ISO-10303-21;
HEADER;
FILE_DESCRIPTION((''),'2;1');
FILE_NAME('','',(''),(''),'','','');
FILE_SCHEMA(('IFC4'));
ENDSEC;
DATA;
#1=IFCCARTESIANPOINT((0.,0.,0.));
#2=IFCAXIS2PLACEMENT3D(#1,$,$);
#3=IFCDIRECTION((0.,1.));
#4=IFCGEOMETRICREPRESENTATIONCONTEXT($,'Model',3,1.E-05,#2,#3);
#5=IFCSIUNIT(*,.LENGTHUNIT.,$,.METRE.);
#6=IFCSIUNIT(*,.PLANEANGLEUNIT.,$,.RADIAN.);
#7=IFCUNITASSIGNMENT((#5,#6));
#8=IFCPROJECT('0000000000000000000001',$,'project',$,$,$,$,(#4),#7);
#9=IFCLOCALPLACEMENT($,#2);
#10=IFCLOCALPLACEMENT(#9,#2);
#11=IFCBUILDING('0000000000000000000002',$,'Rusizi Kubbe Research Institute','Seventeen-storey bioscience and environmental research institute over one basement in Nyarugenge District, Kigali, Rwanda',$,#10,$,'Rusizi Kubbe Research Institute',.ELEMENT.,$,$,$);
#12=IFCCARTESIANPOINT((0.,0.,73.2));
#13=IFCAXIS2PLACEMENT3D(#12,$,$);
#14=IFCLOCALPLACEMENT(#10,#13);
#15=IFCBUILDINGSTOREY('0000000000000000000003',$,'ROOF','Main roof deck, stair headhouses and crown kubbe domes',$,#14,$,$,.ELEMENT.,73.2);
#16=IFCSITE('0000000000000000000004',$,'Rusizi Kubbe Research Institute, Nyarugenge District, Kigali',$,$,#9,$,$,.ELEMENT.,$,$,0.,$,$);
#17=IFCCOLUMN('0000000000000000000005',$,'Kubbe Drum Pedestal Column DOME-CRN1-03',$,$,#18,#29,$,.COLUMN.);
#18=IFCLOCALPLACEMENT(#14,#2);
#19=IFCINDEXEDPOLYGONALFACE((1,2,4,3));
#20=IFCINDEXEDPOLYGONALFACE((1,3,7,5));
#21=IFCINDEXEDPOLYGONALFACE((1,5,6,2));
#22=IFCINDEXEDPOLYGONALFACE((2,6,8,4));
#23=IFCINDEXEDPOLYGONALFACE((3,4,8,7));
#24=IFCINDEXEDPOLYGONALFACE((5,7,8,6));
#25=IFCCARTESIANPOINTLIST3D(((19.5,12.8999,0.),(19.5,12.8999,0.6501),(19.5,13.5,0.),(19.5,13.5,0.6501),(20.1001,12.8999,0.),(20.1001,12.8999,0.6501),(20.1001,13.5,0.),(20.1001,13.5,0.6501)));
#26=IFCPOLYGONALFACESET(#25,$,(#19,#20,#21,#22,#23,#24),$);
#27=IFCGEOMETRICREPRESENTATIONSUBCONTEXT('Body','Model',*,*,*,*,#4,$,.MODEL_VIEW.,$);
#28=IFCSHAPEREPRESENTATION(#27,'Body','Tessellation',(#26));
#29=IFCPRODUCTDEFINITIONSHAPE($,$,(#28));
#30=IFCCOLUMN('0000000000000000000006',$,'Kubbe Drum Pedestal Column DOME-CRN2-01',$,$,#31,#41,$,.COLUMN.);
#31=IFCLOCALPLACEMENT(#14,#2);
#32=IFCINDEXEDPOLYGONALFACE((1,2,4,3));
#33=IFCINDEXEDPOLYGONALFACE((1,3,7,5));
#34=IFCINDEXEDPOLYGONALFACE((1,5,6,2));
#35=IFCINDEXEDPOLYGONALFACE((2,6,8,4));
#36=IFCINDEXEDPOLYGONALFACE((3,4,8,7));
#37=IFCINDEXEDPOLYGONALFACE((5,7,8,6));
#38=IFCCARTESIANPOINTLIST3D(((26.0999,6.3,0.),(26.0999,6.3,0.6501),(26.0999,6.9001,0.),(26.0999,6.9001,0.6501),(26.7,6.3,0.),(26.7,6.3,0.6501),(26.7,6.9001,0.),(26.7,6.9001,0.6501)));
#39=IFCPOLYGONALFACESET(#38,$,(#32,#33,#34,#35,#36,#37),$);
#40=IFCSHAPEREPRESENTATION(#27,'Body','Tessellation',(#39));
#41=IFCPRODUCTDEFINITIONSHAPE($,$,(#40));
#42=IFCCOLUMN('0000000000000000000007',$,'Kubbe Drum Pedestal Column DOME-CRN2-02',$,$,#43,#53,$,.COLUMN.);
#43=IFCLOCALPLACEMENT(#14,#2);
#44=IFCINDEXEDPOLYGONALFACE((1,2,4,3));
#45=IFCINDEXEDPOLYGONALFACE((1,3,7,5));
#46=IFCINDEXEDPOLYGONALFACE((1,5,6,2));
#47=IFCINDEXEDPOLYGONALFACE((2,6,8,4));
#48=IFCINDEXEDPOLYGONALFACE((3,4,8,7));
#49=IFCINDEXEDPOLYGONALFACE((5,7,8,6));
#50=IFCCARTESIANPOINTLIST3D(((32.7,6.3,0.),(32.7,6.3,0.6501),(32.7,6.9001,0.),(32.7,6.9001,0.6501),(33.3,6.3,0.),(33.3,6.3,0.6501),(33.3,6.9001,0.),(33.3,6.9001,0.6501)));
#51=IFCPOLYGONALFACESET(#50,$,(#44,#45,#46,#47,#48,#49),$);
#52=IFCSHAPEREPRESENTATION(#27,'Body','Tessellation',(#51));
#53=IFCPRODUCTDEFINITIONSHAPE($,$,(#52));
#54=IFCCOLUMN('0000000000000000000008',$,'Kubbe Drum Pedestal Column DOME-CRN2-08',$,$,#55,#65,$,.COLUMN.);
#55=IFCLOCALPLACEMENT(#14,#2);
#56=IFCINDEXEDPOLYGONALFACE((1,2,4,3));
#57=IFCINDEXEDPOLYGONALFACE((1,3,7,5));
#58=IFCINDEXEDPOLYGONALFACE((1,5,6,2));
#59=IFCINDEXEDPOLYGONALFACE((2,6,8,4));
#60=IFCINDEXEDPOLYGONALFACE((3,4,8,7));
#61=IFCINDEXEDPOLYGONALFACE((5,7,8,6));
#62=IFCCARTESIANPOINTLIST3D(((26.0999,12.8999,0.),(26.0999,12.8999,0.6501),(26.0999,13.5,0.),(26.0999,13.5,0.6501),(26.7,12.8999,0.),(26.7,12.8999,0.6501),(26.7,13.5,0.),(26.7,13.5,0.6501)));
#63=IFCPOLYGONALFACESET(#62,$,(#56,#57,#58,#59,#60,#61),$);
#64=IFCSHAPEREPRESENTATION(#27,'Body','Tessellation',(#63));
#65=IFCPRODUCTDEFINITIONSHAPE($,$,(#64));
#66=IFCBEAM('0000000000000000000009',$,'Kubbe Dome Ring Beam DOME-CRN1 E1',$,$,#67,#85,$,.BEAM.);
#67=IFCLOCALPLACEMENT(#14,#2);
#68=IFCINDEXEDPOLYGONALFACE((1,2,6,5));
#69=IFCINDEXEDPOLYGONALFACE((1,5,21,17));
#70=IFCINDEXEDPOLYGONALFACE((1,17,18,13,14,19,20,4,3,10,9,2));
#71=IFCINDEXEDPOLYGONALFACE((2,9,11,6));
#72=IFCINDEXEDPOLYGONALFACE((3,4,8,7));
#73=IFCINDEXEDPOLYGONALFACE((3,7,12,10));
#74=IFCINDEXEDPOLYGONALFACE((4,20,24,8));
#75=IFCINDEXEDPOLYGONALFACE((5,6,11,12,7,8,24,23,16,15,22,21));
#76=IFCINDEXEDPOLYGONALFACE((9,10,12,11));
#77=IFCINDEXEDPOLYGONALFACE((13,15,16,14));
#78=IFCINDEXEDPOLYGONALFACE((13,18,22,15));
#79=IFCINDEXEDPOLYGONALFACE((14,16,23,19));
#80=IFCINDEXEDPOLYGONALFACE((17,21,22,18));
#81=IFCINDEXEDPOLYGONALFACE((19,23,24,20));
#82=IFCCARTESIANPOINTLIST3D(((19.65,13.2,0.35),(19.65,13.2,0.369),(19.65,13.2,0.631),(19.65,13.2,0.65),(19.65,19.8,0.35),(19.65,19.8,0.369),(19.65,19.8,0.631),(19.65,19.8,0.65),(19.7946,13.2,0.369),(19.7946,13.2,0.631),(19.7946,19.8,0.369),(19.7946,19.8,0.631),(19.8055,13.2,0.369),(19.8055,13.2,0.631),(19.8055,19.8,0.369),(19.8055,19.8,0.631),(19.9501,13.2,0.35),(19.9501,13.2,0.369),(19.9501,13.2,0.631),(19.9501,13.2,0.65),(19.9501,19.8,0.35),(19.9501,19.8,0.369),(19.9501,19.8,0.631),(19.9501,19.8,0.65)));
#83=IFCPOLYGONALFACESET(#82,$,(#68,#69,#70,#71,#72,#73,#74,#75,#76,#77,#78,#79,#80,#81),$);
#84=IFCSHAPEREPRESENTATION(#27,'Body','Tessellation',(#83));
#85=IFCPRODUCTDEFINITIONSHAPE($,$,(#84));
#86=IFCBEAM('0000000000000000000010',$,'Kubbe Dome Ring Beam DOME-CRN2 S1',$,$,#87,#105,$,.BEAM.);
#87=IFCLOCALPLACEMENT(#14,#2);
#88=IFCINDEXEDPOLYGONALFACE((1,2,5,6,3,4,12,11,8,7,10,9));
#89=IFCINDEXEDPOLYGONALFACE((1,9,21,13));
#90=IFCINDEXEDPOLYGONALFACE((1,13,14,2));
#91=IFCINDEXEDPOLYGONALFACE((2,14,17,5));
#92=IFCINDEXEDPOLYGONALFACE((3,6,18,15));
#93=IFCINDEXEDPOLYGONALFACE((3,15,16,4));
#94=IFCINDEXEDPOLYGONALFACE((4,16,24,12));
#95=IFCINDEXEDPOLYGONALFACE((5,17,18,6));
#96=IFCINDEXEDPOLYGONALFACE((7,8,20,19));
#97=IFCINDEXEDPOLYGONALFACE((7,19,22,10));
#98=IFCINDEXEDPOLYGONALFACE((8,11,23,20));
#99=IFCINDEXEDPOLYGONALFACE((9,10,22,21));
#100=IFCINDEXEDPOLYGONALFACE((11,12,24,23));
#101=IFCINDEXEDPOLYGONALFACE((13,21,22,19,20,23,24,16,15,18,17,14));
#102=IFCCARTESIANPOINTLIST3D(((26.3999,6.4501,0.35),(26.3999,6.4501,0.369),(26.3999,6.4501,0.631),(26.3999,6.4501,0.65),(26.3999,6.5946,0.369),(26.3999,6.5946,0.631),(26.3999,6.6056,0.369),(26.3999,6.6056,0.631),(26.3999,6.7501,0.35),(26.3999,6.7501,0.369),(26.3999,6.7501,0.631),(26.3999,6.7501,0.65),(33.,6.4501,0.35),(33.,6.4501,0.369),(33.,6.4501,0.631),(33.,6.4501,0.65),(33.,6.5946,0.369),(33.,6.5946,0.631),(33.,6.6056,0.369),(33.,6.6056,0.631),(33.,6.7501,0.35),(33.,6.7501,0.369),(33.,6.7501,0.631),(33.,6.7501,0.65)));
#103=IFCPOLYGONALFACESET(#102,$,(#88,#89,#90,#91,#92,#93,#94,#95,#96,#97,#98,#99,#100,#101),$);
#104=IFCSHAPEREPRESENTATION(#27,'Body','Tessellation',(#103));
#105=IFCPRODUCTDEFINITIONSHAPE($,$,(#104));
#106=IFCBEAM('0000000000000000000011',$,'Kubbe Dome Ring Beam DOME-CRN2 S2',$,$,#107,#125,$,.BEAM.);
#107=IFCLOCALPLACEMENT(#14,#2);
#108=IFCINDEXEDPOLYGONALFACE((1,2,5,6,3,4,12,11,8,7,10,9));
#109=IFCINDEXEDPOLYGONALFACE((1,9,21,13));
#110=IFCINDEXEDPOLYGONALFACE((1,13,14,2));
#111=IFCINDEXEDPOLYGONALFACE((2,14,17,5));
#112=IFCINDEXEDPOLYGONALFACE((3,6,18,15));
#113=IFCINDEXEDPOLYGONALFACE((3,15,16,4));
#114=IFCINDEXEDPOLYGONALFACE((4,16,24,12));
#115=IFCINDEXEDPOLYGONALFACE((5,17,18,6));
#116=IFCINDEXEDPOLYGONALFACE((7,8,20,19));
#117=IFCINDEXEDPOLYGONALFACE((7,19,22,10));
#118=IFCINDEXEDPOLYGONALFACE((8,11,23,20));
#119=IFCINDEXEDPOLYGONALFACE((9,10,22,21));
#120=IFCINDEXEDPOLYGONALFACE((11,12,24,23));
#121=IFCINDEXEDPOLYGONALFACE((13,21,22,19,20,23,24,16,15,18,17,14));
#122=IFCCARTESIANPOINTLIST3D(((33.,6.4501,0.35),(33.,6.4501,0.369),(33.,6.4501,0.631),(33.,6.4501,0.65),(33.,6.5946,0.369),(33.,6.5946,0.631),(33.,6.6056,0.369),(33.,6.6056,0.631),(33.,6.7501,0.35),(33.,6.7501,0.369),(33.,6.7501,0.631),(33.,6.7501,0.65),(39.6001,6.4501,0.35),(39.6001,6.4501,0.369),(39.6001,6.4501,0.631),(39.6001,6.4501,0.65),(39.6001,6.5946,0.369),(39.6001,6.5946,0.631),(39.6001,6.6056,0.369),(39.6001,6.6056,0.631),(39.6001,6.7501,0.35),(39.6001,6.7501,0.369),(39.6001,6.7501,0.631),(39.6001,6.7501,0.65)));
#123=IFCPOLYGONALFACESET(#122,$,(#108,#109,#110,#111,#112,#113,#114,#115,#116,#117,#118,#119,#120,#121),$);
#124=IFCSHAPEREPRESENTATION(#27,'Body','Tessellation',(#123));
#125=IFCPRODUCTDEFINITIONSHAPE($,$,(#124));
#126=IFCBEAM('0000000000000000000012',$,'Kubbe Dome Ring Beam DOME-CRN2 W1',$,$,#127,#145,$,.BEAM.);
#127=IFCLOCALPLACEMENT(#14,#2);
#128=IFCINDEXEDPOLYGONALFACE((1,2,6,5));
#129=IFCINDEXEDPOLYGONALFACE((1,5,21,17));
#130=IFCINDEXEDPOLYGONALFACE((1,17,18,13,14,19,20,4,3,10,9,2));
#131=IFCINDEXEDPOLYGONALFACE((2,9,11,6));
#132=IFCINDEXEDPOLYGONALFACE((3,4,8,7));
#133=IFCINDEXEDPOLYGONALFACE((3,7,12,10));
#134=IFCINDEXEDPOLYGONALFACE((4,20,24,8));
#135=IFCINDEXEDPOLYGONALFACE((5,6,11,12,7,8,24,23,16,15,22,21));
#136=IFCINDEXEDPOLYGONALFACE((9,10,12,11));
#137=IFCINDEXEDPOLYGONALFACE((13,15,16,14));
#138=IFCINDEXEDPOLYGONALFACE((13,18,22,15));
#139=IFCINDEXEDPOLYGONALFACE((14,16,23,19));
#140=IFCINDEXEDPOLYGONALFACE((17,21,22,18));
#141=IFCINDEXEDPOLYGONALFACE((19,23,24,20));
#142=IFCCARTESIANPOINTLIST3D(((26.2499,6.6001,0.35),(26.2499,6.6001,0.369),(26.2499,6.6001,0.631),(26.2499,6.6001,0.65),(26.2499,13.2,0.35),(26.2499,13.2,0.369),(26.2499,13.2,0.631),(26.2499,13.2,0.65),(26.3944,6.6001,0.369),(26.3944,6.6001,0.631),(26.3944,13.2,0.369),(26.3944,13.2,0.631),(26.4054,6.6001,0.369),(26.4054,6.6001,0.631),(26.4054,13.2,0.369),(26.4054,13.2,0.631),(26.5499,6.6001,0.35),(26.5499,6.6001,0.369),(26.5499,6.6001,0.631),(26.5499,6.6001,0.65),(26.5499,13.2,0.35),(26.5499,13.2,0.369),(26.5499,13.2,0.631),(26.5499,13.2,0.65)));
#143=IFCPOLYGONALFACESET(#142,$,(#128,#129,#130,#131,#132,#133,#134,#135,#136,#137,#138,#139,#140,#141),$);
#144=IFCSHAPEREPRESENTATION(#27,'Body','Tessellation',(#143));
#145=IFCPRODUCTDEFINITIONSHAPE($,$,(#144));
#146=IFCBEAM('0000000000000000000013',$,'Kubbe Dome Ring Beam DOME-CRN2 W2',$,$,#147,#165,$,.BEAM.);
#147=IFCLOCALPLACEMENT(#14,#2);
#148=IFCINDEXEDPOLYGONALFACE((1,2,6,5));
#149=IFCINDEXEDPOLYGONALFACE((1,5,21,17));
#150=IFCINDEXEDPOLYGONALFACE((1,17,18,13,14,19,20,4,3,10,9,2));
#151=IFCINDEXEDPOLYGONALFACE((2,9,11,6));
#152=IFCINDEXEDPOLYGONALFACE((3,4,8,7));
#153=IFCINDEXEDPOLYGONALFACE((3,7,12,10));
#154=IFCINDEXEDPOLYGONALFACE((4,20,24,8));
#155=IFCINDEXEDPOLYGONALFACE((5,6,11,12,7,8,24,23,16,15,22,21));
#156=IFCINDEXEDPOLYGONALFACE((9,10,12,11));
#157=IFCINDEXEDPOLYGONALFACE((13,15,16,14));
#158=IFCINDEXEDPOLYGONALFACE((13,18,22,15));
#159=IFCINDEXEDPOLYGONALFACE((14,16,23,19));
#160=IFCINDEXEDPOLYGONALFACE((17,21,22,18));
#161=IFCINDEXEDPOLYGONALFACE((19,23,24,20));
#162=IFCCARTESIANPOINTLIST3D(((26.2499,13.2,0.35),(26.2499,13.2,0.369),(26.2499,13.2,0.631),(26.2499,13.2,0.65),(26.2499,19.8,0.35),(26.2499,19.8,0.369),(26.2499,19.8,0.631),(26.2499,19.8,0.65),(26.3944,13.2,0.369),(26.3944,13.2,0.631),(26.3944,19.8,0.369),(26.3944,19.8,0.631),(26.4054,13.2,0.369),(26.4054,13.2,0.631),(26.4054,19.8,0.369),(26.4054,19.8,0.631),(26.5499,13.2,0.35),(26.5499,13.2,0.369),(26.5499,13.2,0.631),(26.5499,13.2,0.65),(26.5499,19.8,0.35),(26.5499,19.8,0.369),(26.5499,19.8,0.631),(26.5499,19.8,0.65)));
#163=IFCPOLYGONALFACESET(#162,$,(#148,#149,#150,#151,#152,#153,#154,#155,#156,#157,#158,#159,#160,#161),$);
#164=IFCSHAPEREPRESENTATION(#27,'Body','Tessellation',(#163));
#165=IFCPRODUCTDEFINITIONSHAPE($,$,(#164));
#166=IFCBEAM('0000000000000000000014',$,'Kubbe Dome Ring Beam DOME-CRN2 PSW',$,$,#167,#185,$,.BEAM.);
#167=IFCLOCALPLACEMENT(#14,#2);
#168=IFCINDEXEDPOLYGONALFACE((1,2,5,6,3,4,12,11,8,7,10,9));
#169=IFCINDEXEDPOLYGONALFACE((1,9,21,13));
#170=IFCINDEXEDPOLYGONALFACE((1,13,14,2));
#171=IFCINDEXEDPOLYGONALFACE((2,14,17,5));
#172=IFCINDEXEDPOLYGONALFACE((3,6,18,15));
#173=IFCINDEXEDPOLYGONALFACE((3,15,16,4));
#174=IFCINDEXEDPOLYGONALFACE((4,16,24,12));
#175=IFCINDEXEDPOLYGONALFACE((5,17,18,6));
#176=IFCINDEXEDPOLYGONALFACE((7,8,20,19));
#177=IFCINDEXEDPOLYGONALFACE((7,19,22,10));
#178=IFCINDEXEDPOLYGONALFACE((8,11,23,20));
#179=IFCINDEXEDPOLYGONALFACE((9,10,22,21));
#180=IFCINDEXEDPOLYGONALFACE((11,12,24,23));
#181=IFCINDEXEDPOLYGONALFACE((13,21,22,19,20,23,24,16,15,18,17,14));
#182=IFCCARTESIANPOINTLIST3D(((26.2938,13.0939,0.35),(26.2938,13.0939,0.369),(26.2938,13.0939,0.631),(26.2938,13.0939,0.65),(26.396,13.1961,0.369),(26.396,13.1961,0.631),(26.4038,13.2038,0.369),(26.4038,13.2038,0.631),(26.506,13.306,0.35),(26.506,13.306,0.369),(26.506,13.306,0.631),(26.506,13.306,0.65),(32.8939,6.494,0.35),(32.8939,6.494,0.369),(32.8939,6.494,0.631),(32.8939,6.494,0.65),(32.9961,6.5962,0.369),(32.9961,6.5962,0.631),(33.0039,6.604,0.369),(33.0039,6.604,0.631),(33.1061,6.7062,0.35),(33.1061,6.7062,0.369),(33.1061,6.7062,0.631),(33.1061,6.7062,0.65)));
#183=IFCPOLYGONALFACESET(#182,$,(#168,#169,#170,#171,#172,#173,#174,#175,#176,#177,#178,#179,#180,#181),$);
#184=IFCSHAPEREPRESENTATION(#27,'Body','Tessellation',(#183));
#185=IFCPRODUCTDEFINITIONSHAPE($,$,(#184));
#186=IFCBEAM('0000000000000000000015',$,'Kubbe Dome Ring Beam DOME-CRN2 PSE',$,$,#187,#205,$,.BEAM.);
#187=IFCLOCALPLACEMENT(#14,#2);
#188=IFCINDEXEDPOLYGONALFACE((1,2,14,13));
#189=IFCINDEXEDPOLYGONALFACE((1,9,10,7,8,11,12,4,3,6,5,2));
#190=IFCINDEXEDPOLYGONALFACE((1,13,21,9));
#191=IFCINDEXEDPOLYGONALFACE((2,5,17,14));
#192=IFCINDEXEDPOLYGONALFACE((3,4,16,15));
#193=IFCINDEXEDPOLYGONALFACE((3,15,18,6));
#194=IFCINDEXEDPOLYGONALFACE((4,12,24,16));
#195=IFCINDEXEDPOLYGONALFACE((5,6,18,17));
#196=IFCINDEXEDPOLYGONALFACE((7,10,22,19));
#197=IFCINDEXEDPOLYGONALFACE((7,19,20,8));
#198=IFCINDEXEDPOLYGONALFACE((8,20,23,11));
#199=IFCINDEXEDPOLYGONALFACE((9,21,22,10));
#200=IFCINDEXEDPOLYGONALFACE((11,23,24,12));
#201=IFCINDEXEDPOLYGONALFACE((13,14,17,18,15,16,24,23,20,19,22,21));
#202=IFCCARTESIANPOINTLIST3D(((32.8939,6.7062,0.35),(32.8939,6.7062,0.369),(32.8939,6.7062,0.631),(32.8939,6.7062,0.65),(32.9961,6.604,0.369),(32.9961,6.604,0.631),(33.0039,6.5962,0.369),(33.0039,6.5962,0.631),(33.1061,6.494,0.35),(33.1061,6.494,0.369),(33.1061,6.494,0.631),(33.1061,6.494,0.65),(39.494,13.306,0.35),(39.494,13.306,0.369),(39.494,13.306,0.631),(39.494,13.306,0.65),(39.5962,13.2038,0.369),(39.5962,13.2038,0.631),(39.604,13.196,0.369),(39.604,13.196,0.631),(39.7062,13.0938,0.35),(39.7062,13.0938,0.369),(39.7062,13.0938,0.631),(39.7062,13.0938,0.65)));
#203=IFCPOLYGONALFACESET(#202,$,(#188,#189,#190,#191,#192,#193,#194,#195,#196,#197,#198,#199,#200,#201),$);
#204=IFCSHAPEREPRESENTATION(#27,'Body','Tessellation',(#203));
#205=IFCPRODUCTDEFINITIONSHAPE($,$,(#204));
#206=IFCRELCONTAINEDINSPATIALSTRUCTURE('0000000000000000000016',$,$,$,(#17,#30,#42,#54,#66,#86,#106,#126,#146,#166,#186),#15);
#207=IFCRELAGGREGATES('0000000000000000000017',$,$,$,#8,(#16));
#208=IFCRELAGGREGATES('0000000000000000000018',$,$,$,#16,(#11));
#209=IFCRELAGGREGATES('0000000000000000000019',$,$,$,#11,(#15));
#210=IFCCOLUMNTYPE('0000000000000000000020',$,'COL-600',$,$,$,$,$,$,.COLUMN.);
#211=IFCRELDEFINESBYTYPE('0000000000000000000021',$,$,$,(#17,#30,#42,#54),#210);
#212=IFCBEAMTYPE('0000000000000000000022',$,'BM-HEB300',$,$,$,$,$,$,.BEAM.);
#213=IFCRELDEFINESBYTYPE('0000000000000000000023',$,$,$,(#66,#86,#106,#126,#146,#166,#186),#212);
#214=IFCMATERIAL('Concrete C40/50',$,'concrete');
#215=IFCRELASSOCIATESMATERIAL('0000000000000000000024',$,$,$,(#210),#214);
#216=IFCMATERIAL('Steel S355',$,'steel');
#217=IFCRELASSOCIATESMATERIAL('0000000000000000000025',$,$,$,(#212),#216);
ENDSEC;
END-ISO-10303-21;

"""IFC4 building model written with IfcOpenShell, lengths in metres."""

from ifc_helpers import new_model, si_unit, direction, frame, origin, origin_2d, place, context, subcontext, project, spatial, rectangle, i_section, extrude, material, material_profile, profile_set, type_object, element, save


model = new_model("IFC4")

# Units and contexts
model_context = context("Model", 3, precision=1e-05, world=origin(), true_north=direction((0.0, 1.0)))
body_context = subcontext(model_context, "Body", "Model", "MODEL_VIEW")
ifc_project = project(units=[si_unit("LENGTHUNIT", "METRE"), si_unit("PLANEANGLEUNIT", "RADIAN")], contexts=[model_context])

# Site, building, storey
site_placement = place(None, origin())
site = spatial("IfcSite", under=ifc_project, at=site_placement, Name="Rusizi Kubbe Research Institute, Nyarugenge District, Kigali", CompositionType="ELEMENT", RefElevation=0.0)
building_placement = place(site_placement, origin())
building = spatial("IfcBuilding", under=site, at=building_placement, Name="Rusizi Kubbe Research Institute", Description="Seventeen-storey bioscience and environmental research institute over one basement in Nyarugenge District, Kigali, Rwanda", LongName="Rusizi Kubbe Research Institute", CompositionType="ELEMENT")
storey_placement = place(building_placement, frame((0.0, 0.0, 73.2)))
storey = spatial("IfcBuildingStorey", under=building, at=storey_placement, Name="ROOF", Description="Main roof deck, stair headhouses and crown kubbe domes", CompositionType="ELEMENT", Elevation=73.2)

# Columns
ifc_material_1 = material(Name="Concrete C40/50", Category="concrete")
ifc_material_profile_1 = material_profile(ifc_material_1, rectangle(XDim=0.6001, YDim=0.6001, at=origin_2d()), Name="RC600x600")
ifc_profile_set_1 = profile_set([ifc_material_profile_1], Name="Concrete C40/50")
column_type = type_object("IfcColumnType", Name="COL-600", PredefinedType="COLUMN", material=ifc_profile_set_1)
for number, where, z_axis, x_axis, name in (
    (1, (19.8, 13.2, 0.0), (0.0, 0.0, 1.0), (1.0, 0.0, 0.0), "Kubbe Drum Pedestal Column DOME-CRN1-03"),
    (2, (26.3999, 6.6001, 0.0), (0.0, 0.0, 1.0), (1.0, 0.0, 0.0), "Kubbe Drum Pedestal Column DOME-CRN2-01"),
    (3, (33.0, 6.6001, 0.0), (0.0, 0.0, 1.0), (1.0, 0.0, 0.0), "Kubbe Drum Pedestal Column DOME-CRN2-02"),
    (4, (26.3999, 13.2, 0.0), (0.0, 0.0, 1.0), (1.0, 0.0, 0.0), "Kubbe Drum Pedestal Column DOME-CRN2-08"),
):
    element("IfcColumn", number, at=place(storey_placement, frame(where, z_axis=z_axis, x_axis=x_axis)), inside=storey, type_object=column_type, Name=name, PredefinedType="COLUMN", context=body_context, shape_type="SweptSolid", body=[
        extrude(rectangle(XDim=0.6001, YDim=0.6001, at=origin_2d()), origin(), (0.0, 0.0, 1.0), 0.6501),
    ])

# Beams
ifc_material_2 = material(Name="Steel S355", Category="steel")
ifc_material_profile_2 = material_profile(ifc_material_2, i_section(OverallWidth=0.3, OverallDepth=0.3, WebThickness=0.011, FlangeThickness=0.019, at=origin_2d()), Name="HEB 300")
ifc_profile_set_2 = profile_set([ifc_material_profile_2], Name="Steel S355")
beam_type_1 = type_object("IfcBeamType", Name="BM-HEB300", PredefinedType="BEAM", material=ifc_profile_set_2)
for number, where, z_axis, x_axis, name in (
    (5, (19.8, 13.2, 0.5), (0.0, 1.0, 0.0), (-1.0, 0.0, 0.0), "Kubbe Dome Ring Beam DOME-CRN1 E1"),
    (6, (26.3999, 6.6001, 0.5), (1.0, 0.0, 0.0), (0.0, 1.0, 0.0), "Kubbe Dome Ring Beam DOME-CRN2 S1"),
    (7, (33.0, 6.6001, 0.5), (1.0, 0.0, 0.0), (0.0, 1.0, 0.0), "Kubbe Dome Ring Beam DOME-CRN2 S2"),
):
    element("IfcBeam", number, at=place(storey_placement, frame(where, z_axis=z_axis, x_axis=x_axis)), inside=storey, type_object=beam_type_1, Name=name, PredefinedType="BEAM", context=body_context, shape_type="SweptSolid", body=[
        extrude(i_section(OverallWidth=0.3, OverallDepth=0.3, WebThickness=0.011, FlangeThickness=0.019, at=origin_2d()), origin(), (0.0, 0.0, 1.0), 6.6001),
    ])
beam_1_placement = place(storey_placement, frame((26.3999, 6.6001, 0.5), z_axis=(0.0, 1.0, 0.0), x_axis=(-1.0, 0.0, 0.0)))
element("IfcBeam", 8, at=beam_1_placement, inside=storey, type_object=beam_type_1, Name="Kubbe Dome Ring Beam DOME-CRN2 W1", PredefinedType="BEAM", context=body_context, shape_type="SweptSolid", body=[
    extrude(i_section(OverallWidth=0.3, OverallDepth=0.3, WebThickness=0.011, FlangeThickness=0.019, at=origin_2d()), origin(), (0.0, 0.0, 1.0), 6.5999),
])
beam_2_placement = place(storey_placement, frame((26.3999, 13.2, 0.5), z_axis=(0.0, 1.0, 0.0), x_axis=(-1.0, 0.0, 0.0)))
element("IfcBeam", 9, at=beam_2_placement, inside=storey, type_object=beam_type_1, Name="Kubbe Dome Ring Beam DOME-CRN2 W2", PredefinedType="BEAM", context=body_context, shape_type="SweptSolid", body=[
    extrude(i_section(OverallWidth=0.3, OverallDepth=0.3, WebThickness=0.011, FlangeThickness=0.019, at=origin_2d()), origin(), (0.0, 0.0, 1.0), 6.6001),
])
for number, where, z_axis, x_axis, name in (
    (10, (26.3999, 13.2, 0.5), (0.70712, -0.707094, 0.0), (0.707094, 0.70712, 0.0), "Kubbe Dome Ring Beam DOME-CRN2 PSW"),
    (11, (33.0, 6.6001, 0.5), (0.70712, 0.707094, 0.0), (-0.707094, 0.70712, 0.0), "Kubbe Dome Ring Beam DOME-CRN2 PSE"),
):
    element("IfcBeam", number, at=place(storey_placement, frame(where, z_axis=z_axis, x_axis=x_axis)), inside=storey, type_object=beam_type_1, Name=name, PredefinedType="BEAM", context=body_context, shape_type="SweptSolid", body=[
        extrude(i_section(OverallWidth=0.3, OverallDepth=0.3, WebThickness=0.011, FlangeThickness=0.019, at=origin_2d()), origin(), (0.0, 0.0, 1.0), 9.3337),
    ])

save(model, "model.ifc")
